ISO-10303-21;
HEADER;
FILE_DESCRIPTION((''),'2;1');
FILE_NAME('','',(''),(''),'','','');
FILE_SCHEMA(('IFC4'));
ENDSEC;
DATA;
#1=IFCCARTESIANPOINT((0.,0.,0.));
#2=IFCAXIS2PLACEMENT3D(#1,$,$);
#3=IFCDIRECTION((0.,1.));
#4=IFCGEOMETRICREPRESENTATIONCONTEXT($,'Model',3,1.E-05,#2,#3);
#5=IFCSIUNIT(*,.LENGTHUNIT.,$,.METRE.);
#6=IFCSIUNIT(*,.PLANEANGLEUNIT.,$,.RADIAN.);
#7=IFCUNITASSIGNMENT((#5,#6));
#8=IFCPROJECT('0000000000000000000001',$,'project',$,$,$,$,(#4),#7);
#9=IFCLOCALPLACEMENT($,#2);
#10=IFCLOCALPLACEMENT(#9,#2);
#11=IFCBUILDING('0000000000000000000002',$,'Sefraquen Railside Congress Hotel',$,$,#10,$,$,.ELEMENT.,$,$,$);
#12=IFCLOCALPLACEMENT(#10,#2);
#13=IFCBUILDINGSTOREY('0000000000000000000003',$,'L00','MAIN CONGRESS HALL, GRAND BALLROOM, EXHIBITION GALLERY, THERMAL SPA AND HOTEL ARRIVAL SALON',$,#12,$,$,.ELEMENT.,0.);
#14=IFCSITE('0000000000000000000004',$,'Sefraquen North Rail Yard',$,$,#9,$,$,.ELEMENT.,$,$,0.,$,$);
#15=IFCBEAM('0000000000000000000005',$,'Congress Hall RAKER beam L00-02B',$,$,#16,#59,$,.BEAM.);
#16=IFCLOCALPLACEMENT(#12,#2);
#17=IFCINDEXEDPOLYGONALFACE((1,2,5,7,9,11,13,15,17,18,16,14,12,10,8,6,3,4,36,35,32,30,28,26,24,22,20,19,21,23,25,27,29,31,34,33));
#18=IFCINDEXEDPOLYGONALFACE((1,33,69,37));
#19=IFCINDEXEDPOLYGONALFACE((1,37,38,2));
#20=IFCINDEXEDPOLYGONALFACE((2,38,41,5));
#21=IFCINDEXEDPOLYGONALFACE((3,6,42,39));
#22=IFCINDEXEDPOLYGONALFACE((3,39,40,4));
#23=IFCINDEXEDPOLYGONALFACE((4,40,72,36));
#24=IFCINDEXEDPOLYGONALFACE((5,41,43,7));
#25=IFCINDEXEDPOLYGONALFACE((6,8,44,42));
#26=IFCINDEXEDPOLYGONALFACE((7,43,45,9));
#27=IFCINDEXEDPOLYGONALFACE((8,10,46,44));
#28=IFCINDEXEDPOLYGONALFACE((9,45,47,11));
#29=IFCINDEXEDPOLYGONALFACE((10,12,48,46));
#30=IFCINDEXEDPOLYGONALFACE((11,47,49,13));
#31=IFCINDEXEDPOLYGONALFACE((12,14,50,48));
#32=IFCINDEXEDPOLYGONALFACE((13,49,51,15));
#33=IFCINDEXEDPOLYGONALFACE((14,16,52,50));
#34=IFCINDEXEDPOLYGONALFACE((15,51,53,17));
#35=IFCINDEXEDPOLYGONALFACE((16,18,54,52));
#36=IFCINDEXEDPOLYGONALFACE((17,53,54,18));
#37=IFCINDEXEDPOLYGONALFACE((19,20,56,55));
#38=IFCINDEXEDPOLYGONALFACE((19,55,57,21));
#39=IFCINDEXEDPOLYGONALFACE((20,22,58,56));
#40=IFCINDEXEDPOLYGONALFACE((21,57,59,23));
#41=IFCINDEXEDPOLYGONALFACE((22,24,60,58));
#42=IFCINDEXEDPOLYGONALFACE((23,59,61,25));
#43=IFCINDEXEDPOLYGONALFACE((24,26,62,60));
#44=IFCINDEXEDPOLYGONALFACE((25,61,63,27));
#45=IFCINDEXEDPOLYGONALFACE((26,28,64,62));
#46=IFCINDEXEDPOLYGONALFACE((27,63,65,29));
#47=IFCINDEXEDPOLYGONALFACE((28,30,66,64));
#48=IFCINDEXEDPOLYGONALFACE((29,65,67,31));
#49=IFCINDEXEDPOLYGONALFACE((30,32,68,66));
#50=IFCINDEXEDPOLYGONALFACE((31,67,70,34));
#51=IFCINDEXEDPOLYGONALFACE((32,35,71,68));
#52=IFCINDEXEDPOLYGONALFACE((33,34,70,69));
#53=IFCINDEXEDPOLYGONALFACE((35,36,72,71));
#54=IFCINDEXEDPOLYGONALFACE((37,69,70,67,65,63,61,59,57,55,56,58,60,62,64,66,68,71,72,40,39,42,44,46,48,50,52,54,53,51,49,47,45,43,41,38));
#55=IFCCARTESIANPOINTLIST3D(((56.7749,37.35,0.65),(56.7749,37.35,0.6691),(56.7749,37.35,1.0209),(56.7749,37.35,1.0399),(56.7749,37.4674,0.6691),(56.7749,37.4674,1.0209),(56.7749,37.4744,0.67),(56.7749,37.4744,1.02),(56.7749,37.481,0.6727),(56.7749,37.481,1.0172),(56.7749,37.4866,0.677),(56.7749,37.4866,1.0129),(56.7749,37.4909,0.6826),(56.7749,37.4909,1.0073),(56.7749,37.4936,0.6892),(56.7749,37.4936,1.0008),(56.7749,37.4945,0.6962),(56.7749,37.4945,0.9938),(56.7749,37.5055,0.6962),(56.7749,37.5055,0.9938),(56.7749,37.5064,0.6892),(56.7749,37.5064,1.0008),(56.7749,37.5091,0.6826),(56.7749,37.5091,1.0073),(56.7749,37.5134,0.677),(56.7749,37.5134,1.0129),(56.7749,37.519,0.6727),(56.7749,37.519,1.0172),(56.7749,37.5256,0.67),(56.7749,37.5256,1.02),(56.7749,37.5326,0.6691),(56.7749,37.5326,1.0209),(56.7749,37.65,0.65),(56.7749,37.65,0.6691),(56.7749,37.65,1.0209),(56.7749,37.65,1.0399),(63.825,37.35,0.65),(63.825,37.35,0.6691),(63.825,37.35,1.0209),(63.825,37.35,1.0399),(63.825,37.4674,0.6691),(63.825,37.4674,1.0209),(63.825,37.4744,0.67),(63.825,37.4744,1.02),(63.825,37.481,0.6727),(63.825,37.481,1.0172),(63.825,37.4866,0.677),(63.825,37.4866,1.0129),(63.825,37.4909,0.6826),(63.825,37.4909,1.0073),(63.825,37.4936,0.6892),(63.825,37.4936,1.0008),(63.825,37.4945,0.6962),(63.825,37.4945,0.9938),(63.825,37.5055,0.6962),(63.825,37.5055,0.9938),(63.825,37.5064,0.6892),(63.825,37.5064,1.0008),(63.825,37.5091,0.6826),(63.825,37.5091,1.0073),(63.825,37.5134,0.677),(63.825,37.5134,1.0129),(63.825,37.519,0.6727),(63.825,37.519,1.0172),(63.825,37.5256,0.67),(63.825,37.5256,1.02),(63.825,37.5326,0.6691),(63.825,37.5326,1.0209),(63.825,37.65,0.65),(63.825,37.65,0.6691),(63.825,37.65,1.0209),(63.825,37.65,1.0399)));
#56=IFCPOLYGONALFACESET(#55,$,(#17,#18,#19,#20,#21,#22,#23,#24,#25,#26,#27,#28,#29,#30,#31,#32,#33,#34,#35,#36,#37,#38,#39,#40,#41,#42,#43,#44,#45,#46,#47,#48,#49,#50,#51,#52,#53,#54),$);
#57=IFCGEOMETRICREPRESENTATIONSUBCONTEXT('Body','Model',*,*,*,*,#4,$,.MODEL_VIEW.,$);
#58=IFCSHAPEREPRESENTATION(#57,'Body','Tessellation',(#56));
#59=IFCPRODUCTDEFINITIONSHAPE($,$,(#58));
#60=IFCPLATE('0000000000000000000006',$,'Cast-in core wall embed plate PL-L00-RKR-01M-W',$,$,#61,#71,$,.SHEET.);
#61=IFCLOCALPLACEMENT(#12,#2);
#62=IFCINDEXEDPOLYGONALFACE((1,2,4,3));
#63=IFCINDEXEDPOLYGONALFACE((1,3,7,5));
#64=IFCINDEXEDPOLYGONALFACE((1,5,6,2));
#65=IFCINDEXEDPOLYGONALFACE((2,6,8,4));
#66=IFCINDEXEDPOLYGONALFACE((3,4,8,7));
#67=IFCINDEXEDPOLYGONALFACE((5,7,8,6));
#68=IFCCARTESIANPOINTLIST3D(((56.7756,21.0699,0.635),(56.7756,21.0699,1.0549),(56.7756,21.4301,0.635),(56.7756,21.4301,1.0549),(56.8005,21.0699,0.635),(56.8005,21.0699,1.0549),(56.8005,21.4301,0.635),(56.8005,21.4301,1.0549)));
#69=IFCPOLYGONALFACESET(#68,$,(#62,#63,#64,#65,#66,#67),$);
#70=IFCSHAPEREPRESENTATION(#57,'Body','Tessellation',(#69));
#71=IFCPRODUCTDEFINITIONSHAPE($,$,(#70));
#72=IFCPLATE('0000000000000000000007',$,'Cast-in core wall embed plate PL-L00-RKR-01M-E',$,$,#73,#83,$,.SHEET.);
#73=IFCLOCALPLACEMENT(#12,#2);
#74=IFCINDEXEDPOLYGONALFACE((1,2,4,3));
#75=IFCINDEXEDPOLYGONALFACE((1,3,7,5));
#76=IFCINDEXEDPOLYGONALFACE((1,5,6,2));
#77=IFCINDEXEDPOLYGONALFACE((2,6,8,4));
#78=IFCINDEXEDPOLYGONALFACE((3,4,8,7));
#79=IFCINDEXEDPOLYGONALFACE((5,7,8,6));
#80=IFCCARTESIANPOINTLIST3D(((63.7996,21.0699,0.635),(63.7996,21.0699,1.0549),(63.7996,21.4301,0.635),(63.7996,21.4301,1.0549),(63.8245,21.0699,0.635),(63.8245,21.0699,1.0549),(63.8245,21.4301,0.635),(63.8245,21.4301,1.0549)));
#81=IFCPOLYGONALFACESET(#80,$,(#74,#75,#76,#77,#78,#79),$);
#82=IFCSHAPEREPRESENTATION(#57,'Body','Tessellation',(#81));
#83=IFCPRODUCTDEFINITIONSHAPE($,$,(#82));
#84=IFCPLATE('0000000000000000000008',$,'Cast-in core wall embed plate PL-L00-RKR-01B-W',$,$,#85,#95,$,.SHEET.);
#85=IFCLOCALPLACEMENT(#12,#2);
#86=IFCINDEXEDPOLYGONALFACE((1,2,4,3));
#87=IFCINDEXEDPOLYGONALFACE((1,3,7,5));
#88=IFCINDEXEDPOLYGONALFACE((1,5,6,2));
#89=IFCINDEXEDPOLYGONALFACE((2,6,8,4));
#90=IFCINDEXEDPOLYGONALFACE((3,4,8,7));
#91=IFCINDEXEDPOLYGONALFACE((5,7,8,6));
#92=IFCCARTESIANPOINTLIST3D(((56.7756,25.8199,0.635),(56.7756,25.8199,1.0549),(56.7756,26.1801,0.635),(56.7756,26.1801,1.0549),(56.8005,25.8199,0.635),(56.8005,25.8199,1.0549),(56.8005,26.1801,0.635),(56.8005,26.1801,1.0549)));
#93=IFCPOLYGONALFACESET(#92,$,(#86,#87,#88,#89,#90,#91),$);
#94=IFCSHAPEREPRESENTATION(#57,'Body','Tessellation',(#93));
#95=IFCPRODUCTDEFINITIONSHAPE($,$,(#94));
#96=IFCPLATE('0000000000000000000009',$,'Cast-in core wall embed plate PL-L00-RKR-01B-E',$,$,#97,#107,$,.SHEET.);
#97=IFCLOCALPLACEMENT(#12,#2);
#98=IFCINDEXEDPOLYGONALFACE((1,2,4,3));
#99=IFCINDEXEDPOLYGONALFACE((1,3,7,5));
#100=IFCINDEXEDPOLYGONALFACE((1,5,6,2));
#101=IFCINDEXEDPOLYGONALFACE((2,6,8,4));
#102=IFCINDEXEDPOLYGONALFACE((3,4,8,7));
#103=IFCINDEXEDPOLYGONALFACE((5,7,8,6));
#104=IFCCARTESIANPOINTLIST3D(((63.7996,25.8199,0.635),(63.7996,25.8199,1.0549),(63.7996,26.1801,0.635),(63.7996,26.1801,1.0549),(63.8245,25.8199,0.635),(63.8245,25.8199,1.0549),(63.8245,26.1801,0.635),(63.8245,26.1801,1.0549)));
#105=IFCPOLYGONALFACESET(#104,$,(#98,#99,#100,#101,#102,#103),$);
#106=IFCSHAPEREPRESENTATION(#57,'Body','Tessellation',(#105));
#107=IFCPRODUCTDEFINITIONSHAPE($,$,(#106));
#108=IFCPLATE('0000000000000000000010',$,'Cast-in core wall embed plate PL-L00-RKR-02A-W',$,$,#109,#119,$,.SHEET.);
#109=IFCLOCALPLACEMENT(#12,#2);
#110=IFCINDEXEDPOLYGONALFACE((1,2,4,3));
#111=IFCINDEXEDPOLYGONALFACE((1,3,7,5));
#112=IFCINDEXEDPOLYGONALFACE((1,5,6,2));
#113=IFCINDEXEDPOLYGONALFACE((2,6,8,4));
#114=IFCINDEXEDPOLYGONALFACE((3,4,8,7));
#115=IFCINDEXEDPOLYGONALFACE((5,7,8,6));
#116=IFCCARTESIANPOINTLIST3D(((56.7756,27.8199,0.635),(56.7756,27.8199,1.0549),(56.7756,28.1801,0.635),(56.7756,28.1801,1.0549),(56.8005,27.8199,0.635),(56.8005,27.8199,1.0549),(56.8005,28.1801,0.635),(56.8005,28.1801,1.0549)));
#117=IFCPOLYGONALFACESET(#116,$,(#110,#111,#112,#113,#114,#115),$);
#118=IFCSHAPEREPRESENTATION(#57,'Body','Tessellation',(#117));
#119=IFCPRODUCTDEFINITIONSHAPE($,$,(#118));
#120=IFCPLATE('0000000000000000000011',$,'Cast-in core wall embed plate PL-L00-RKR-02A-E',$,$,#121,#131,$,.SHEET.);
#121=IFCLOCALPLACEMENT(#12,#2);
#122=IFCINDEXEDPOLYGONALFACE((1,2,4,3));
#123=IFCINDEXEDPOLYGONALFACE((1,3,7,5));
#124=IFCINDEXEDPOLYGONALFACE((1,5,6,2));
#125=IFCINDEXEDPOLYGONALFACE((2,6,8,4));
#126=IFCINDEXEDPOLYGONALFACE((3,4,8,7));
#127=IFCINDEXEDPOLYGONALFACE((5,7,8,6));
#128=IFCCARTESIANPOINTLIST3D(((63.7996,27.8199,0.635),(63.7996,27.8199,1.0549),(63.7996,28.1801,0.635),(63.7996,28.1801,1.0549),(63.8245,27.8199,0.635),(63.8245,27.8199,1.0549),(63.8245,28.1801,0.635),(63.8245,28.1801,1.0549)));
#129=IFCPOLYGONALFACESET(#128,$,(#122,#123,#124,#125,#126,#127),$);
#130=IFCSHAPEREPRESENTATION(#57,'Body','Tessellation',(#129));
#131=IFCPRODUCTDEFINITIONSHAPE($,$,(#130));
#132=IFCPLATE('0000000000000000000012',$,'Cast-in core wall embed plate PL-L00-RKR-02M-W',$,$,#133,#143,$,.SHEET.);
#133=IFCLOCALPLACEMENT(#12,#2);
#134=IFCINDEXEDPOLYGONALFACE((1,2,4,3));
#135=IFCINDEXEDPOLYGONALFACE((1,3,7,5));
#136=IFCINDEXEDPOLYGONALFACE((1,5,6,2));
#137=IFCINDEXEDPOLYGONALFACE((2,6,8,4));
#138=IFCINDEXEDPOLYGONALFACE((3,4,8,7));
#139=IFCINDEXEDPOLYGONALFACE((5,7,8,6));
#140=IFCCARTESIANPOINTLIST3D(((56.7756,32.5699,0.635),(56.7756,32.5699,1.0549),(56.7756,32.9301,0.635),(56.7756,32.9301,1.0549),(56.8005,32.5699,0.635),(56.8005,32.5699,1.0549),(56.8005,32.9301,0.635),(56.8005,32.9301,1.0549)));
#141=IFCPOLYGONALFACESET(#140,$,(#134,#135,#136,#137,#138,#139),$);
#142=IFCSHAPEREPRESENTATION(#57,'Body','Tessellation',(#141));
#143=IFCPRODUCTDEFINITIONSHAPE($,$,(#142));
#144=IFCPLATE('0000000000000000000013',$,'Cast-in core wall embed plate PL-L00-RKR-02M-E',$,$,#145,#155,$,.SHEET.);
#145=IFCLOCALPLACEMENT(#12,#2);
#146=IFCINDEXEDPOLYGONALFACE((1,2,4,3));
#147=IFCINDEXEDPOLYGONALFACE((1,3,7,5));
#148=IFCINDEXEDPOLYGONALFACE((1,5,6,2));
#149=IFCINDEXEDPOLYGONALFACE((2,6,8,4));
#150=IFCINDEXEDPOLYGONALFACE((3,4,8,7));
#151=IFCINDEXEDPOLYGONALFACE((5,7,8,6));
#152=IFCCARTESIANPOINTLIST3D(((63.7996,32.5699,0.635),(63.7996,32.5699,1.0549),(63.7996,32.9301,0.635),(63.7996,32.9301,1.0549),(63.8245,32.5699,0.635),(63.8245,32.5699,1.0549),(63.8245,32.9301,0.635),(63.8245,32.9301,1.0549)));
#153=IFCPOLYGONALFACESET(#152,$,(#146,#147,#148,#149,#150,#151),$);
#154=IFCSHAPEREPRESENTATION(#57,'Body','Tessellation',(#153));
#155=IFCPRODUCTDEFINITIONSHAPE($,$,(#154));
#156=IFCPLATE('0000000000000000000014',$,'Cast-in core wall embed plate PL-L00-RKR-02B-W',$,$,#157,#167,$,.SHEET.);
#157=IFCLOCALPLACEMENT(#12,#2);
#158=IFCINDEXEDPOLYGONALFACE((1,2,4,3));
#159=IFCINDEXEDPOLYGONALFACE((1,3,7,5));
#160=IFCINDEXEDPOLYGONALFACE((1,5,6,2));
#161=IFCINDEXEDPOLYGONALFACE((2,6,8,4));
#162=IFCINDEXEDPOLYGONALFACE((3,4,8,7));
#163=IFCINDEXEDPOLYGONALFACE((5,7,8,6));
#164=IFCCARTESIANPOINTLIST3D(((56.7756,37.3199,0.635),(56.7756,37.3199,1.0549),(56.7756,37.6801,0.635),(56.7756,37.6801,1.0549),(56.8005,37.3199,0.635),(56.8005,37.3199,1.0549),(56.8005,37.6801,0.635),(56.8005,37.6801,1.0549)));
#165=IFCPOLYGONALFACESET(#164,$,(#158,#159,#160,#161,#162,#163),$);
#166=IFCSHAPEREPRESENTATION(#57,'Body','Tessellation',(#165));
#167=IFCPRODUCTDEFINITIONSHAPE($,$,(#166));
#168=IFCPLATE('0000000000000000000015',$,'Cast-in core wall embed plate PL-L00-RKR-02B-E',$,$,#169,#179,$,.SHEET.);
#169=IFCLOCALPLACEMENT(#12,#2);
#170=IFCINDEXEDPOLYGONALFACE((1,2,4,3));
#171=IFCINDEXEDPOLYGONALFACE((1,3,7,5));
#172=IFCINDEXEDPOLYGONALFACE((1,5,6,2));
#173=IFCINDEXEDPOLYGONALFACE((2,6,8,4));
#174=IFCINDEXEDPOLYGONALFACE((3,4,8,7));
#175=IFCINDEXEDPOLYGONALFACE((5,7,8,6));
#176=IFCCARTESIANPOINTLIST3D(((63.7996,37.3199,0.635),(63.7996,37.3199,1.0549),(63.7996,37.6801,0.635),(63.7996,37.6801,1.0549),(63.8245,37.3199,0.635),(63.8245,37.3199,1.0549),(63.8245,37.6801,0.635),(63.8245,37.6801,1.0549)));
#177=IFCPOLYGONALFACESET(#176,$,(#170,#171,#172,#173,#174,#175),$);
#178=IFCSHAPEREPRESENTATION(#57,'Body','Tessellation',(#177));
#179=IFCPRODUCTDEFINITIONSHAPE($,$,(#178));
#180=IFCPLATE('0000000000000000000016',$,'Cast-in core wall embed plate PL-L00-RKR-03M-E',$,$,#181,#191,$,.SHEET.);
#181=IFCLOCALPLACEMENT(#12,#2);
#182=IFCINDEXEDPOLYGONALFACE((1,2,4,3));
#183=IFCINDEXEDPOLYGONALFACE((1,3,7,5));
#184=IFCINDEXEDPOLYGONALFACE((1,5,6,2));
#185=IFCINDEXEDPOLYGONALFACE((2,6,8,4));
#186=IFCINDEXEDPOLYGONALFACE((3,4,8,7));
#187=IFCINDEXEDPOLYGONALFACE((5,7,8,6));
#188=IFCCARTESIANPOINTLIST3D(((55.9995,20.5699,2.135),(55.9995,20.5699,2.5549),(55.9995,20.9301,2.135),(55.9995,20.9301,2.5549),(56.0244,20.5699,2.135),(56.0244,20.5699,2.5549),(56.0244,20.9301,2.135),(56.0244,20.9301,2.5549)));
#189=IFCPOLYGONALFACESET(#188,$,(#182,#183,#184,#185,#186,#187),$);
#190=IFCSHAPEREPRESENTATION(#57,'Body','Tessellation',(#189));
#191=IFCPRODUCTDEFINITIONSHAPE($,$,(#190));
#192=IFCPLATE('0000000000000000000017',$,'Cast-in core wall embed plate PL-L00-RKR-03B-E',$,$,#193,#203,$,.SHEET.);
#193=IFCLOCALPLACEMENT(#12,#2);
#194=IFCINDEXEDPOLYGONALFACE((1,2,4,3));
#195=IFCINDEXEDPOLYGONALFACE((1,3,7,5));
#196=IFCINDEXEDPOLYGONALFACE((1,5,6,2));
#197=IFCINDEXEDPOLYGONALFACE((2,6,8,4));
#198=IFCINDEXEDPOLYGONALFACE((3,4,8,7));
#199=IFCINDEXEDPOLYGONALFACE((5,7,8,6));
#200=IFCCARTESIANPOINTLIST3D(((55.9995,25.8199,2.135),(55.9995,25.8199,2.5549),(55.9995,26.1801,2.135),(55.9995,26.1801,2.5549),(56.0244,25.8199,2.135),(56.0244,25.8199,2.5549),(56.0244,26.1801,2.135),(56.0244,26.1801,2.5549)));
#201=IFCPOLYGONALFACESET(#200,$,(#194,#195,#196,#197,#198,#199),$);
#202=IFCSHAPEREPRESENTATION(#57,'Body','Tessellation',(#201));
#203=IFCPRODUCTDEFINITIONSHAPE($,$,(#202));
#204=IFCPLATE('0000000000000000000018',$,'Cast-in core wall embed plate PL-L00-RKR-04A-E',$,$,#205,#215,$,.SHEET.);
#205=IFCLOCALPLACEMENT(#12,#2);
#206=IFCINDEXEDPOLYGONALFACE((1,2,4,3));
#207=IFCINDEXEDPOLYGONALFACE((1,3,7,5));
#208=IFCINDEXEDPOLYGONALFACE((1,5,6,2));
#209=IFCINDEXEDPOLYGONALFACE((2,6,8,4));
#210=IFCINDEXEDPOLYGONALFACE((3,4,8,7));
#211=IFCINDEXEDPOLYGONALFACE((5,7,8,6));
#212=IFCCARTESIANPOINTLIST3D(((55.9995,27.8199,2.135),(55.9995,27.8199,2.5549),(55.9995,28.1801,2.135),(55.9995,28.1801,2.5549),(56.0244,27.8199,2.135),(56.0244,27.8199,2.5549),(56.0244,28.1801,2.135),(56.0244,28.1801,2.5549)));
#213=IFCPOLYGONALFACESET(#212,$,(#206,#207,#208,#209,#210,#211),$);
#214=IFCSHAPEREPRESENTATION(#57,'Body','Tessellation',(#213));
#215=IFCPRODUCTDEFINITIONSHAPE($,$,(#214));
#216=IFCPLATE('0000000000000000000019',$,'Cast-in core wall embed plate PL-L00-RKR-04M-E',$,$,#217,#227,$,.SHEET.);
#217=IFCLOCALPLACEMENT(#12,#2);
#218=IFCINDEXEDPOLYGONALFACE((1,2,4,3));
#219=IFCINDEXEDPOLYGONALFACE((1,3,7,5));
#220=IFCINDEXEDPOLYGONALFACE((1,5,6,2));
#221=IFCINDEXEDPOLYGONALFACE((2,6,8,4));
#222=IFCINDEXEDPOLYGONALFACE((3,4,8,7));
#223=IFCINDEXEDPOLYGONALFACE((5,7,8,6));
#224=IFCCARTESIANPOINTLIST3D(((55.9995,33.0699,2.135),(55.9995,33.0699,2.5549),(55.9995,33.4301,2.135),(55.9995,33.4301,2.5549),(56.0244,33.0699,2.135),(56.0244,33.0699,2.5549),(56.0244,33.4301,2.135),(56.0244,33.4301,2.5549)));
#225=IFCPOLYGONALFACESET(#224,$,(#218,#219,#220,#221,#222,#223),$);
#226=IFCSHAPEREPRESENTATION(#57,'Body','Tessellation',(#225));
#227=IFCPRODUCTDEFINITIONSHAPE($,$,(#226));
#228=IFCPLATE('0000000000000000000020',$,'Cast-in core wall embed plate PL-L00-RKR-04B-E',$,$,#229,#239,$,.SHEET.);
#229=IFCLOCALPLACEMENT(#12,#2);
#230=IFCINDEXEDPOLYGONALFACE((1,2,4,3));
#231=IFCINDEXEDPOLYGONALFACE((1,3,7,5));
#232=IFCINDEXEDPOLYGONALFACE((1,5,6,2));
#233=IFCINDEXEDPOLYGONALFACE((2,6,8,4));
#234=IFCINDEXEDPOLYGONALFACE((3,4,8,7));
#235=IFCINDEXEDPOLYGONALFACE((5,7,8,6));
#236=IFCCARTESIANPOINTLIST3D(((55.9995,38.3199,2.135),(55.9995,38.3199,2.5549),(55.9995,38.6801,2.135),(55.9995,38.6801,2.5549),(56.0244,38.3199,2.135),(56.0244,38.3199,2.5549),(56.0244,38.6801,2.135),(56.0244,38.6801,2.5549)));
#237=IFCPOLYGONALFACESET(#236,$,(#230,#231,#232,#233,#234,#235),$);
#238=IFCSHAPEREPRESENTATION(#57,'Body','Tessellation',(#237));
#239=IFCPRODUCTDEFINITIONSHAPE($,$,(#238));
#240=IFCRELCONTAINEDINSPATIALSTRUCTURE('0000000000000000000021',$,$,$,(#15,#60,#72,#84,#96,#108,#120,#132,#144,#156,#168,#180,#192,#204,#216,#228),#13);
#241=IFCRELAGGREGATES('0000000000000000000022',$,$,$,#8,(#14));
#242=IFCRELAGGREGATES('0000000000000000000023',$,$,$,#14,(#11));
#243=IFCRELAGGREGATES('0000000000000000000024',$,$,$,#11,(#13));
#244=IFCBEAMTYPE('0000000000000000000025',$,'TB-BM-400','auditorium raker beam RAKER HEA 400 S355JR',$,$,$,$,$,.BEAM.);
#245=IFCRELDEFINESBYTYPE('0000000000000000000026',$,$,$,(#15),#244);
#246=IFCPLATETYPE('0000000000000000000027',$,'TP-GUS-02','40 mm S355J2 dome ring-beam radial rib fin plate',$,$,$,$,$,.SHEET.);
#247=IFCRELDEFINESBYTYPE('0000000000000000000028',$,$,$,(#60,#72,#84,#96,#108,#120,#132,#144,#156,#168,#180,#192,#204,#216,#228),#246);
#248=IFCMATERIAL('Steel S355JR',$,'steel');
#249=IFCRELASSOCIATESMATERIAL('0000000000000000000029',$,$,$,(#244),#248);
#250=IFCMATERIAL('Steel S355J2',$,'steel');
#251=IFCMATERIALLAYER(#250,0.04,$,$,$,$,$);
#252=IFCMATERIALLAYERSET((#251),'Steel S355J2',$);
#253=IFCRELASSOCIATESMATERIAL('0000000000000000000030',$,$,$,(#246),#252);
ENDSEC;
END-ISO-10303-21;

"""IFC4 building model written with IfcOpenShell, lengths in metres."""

from ifc_helpers import new_model, si_unit, direction, frame, origin, origin_2d, place, context, subcontext, project, spatial, rectangle, i_section, extrude, material, layer, layer_set, material_profile, profile_set, type_object, element, save


model = new_model("IFC4")

# Units and contexts
model_context = context("Model", 3, precision=1e-05, world=origin(), true_north=direction((0.0, 1.0)))
body_context = subcontext(model_context, "Body", "Model", "MODEL_VIEW")
ifc_project = project(units=[si_unit("LENGTHUNIT", "METRE"), si_unit("PLANEANGLEUNIT", "RADIAN")], contexts=[model_context])

# Site, building, storey
site_placement = place(None, origin())
site = spatial("IfcSite", under=ifc_project, at=site_placement, Name="Sefraquen North Rail Yard", CompositionType="ELEMENT", RefElevation=0.0)
building_placement = place(site_placement, origin())
building = spatial("IfcBuilding", under=site, at=building_placement, Name="Sefraquen Railside Congress Hotel", CompositionType="ELEMENT")
storey_placement = place(building_placement, origin())
storey = spatial("IfcBuildingStorey", under=building, at=storey_placement, Name="L00", Description="MAIN CONGRESS HALL, GRAND BALLROOM, EXHIBITION GALLERY, THERMAL SPA AND HOTEL ARRIVAL SALON", CompositionType="ELEMENT", Elevation=0.0)

# Beam
ifc_material_1 = material(Name="Steel S355JR", Category="steel")
ifc_material_profile = material_profile(ifc_material_1, i_section(OverallWidth=0.3, OverallDepth=0.3899, WebThickness=0.011, FlangeThickness=0.019, FilletRadius=0.0271, at=origin_2d()), Name="HEA 400")
ifc_profile_set = profile_set([ifc_material_profile], Name="Steel S355JR")
beam_type = type_object("IfcBeamType", Name="TB-BM-400", Description="auditorium raker beam RAKER HEA 400 S355JR", PredefinedType="BEAM", material=ifc_profile_set)
for number, where, z_axis, x_axis, name in (
    (1, (56.7749, 37.5, 0.845), (1.0, 0.0, 0.0), (0.0, 1.0, 0.0), "Congress Hall RAKER beam L00-02B"),
):
    element("IfcBeam", number, at=place(storey_placement, frame(where, z_axis=z_axis, x_axis=x_axis)), inside=storey, type_object=beam_type, Name=name, PredefinedType="BEAM", context=body_context, shape_type="SweptSolid", body=[
        extrude(i_section(OverallWidth=0.3, OverallDepth=0.3899, WebThickness=0.011, FlangeThickness=0.019, FilletRadius=0.0271, at=origin_2d()), origin(), (0.0, 0.0, 1.0), 7.05),
    ])

# Plates
ifc_material_2 = material(Name="Steel S355J2", Category="steel")
ifc_layer_1 = layer(ifc_material_2, 0.04)
ifc_layer_set_1 = layer_set([ifc_layer_1], Name="Steel S355J2")
plate_type = type_object("IfcPlateType", Name="TP-GUS-02", Description="40 mm S355J2 dome ring-beam radial rib fin plate", PredefinedType="SHEET", material=ifc_layer_set_1)
for number, where, z_axis, x_axis, name in (
    (2, (56.7881, 21.25, 0.635), (0.0, 0.0, 1.0), (1.0, 0.0, 0.0), "Cast-in core wall embed plate PL-L00-RKR-01M-W"),
    (3, (63.812, 21.25, 0.635), (0.0, 0.0, 1.0), (1.0, 0.0, 0.0), "Cast-in core wall embed plate PL-L00-RKR-01M-E"),
    (4, (56.7881, 26.0, 0.635), (0.0, 0.0, 1.0), (1.0, 0.0, 0.0), "Cast-in core wall embed plate PL-L00-RKR-01B-W"),
    (5, (63.812, 26.0, 0.635), (0.0, 0.0, 1.0), (1.0, 0.0, 0.0), "Cast-in core wall embed plate PL-L00-RKR-01B-E"),
    (6, (56.7881, 28.0, 0.635), (0.0, 0.0, 1.0), (1.0, 0.0, 0.0), "Cast-in core wall embed plate PL-L00-RKR-02A-W"),
    (7, (63.812, 28.0, 0.635), (0.0, 0.0, 1.0), (1.0, 0.0, 0.0), "Cast-in core wall embed plate PL-L00-RKR-02A-E"),
    (8, (56.7881, 32.75, 0.635), (0.0, 0.0, 1.0), (1.0, 0.0, 0.0), "Cast-in core wall embed plate PL-L00-RKR-02M-W"),
    (9, (63.812, 32.75, 0.635), (0.0, 0.0, 1.0), (1.0, 0.0, 0.0), "Cast-in core wall embed plate PL-L00-RKR-02M-E"),
    (10, (56.7881, 37.5, 0.635), (0.0, 0.0, 1.0), (1.0, 0.0, 0.0), "Cast-in core wall embed plate PL-L00-RKR-02B-W"),
    (11, (63.812, 37.5, 0.635), (0.0, 0.0, 1.0), (1.0, 0.0, 0.0), "Cast-in core wall embed plate PL-L00-RKR-02B-E"),
    (12, (56.012, 20.75, 2.135), (0.0, 0.0, 1.0), (1.0, 0.0, 0.0), "Cast-in core wall embed plate PL-L00-RKR-03M-E"),
    (13, (56.012, 26.0, 2.135), (0.0, 0.0, 1.0), (1.0, 0.0, 0.0), "Cast-in core wall embed plate PL-L00-RKR-03B-E"),
    (14, (56.012, 28.0, 2.135), (0.0, 0.0, 1.0), (1.0, 0.0, 0.0), "Cast-in core wall embed plate PL-L00-RKR-04A-E"),
    (15, (56.012, 33.25, 2.135), (0.0, 0.0, 1.0), (1.0, 0.0, 0.0), "Cast-in core wall embed plate PL-L00-RKR-04M-E"),
    (16, (56.012, 38.5, 2.135), (0.0, 0.0, 1.0), (1.0, 0.0, 0.0), "Cast-in core wall embed plate PL-L00-RKR-04B-E"),
):
    element("IfcPlate", number, at=place(storey_placement, frame(where, z_axis=z_axis, x_axis=x_axis)), inside=storey, type_object=plate_type, Name=name, PredefinedType="SHEET", context=body_context, shape_type="SweptSolid", body=[
        extrude(rectangle(XDim=0.0249, YDim=0.3601, at=origin_2d()), origin(), (0.0, 0.0, 1.0), 0.4199),
    ])

save(model, "model.ifc")
